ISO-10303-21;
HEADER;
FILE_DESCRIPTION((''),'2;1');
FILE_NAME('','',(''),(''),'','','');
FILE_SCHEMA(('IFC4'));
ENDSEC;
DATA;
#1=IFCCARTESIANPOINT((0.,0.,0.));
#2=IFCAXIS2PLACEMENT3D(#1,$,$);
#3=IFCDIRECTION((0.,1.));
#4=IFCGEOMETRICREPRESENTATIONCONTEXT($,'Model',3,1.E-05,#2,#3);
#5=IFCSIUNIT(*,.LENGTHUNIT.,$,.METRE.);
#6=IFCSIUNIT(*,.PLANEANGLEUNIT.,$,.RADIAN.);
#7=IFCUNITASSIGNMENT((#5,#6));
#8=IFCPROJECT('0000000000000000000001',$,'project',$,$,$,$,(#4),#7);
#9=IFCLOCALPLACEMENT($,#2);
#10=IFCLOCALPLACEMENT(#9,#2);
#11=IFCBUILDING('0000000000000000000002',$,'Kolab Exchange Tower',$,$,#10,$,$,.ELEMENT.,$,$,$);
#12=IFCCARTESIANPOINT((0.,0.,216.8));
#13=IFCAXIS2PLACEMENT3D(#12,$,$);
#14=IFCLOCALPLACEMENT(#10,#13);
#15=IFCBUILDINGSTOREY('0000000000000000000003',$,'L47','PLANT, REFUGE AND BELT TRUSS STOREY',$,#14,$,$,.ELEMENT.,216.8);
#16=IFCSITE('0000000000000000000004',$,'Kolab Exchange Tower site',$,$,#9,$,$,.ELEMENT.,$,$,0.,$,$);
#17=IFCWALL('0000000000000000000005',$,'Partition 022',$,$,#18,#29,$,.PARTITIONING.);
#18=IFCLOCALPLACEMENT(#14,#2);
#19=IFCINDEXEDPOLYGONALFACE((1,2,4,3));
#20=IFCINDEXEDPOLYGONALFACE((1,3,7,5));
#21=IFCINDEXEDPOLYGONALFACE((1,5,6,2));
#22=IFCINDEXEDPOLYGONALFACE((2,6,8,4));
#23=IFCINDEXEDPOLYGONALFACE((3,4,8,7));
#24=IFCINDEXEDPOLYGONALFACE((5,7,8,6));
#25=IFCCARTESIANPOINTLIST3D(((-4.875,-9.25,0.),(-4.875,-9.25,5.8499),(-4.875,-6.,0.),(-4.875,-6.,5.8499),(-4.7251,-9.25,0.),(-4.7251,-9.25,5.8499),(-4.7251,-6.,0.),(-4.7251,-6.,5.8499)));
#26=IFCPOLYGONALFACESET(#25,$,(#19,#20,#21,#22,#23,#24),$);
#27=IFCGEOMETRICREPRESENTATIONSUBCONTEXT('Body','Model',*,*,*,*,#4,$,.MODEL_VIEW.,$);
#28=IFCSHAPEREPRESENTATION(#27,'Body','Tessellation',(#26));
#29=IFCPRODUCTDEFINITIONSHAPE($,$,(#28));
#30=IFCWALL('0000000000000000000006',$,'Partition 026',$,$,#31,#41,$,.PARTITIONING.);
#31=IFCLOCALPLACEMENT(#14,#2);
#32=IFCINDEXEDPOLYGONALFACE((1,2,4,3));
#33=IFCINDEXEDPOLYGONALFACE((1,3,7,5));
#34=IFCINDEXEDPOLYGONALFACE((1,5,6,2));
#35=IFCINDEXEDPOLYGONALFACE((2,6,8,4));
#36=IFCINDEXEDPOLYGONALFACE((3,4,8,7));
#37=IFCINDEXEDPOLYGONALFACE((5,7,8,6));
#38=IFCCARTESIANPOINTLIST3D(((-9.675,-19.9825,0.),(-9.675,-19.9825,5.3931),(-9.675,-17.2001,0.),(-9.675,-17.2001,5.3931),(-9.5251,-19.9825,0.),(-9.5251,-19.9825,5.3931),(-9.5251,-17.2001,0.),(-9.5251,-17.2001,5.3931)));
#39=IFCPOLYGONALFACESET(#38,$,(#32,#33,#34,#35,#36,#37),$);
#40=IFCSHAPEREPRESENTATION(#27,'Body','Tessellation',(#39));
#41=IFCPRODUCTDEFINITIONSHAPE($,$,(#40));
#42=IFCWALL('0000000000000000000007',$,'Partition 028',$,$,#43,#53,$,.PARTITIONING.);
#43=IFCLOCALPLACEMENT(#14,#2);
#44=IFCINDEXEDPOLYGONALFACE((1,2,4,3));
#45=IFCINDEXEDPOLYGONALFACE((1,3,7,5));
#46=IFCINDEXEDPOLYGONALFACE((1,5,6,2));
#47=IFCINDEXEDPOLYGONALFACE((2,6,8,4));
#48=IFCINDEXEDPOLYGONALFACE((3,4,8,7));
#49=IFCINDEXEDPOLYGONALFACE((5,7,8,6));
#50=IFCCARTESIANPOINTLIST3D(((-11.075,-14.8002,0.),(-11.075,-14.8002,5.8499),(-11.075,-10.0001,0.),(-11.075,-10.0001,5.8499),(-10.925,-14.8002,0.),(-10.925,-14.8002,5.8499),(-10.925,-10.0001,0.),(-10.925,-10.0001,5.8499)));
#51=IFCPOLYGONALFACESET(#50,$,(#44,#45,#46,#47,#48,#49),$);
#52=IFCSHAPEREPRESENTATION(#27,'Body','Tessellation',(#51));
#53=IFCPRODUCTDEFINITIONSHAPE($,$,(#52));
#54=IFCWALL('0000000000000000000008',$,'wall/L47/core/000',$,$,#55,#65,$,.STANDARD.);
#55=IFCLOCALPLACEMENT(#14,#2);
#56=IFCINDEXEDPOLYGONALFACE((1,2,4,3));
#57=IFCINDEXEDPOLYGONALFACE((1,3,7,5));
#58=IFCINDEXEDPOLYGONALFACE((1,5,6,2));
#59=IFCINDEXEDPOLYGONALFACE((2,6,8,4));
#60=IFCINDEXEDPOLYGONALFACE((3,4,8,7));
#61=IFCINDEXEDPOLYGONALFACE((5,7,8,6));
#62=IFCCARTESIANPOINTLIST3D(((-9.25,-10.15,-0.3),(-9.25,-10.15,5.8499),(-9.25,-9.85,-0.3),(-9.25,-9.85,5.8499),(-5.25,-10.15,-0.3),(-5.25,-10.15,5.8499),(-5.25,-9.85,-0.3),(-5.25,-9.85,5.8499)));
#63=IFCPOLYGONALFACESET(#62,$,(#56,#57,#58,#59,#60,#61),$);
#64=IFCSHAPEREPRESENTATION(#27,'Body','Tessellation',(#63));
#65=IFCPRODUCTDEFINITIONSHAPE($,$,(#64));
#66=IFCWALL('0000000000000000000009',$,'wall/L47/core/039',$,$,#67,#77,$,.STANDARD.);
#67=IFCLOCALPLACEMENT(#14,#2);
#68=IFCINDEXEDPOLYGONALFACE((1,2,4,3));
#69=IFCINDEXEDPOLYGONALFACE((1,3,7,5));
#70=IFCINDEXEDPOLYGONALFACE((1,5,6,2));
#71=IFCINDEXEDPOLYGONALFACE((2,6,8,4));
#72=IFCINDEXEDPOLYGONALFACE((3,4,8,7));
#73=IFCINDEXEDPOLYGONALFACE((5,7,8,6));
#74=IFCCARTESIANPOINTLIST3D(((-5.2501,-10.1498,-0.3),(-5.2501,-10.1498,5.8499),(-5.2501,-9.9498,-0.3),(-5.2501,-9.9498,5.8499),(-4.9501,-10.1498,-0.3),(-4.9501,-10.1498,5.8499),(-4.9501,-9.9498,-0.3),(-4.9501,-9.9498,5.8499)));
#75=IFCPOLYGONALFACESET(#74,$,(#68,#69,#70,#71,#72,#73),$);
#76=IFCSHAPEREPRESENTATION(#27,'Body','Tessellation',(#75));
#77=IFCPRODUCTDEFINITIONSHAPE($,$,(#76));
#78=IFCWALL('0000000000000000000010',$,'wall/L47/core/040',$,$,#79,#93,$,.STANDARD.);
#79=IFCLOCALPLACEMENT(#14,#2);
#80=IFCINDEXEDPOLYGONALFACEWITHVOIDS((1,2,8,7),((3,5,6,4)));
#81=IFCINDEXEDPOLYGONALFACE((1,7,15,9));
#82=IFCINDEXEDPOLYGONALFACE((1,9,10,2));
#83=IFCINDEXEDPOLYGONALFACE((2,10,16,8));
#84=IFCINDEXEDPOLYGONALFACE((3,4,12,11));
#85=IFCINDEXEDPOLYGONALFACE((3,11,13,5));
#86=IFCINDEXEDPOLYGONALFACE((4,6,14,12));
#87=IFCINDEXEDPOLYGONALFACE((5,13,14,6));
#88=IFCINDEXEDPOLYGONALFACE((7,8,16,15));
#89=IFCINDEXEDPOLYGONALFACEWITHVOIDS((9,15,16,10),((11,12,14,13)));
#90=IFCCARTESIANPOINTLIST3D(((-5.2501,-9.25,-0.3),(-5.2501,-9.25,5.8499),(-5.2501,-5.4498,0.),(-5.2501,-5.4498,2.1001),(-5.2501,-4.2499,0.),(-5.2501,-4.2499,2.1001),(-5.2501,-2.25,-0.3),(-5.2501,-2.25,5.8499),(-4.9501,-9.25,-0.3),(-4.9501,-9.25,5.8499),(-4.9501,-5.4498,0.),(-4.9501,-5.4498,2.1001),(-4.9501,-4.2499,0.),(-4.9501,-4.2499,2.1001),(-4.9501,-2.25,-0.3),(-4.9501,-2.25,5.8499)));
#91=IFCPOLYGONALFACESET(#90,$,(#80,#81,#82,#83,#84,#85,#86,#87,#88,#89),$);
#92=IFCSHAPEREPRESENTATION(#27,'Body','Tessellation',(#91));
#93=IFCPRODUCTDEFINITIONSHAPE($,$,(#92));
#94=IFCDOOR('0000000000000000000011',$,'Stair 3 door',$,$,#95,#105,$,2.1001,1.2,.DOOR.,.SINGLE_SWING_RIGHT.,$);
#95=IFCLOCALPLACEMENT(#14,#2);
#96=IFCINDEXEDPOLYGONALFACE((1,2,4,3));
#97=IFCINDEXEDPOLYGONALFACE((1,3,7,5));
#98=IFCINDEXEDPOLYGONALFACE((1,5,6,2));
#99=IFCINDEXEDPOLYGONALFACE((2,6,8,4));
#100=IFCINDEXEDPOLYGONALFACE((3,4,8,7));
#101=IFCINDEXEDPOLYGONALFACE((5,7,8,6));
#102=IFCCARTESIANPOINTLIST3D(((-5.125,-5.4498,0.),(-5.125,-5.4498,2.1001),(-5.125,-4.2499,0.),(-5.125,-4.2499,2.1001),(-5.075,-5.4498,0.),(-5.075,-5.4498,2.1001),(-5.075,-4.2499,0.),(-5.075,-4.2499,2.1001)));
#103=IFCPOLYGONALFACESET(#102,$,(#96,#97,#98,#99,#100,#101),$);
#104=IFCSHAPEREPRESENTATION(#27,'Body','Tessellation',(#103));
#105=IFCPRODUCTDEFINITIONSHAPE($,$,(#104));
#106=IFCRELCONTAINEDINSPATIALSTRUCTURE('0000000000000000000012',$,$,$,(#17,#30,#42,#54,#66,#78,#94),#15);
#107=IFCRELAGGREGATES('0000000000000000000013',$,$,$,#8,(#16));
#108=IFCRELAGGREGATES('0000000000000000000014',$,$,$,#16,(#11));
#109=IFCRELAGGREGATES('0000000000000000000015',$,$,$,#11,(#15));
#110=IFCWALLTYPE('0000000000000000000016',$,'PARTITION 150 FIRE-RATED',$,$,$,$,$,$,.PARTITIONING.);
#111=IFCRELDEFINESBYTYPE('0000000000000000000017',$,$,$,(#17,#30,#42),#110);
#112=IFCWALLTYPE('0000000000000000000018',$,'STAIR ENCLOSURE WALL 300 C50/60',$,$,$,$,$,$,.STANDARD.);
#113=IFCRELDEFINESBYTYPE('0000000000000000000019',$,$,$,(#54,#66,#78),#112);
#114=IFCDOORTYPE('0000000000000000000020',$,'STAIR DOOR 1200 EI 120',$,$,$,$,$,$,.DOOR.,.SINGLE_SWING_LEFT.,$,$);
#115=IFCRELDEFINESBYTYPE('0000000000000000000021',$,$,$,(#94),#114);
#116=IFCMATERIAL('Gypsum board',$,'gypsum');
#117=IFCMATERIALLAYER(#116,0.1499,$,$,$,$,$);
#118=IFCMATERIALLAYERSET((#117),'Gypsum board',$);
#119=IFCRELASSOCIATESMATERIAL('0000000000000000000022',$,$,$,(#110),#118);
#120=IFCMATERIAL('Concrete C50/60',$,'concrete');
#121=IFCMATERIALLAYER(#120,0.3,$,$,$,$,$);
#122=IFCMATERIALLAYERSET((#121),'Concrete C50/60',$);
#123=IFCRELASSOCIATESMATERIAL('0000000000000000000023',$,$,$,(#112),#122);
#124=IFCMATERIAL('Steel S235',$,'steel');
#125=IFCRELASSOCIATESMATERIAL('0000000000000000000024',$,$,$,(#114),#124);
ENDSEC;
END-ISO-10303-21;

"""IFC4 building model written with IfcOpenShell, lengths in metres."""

from ifc_helpers import new_model, si_unit, direction, frame, frame_2d, origin, place, context, subcontext, project, spatial, rectangle, extrude, material, layer, layer_set, type_object, element, fill, save


model = new_model("IFC4")

# Units and contexts
model_context = context("Model", 3, precision=1e-05, world=origin(), true_north=direction((0.0, 1.0)))
body_context = subcontext(model_context, "Body", "Model", "MODEL_VIEW")
ifc_project = project(units=[si_unit("LENGTHUNIT", "METRE"), si_unit("PLANEANGLEUNIT", "RADIAN")], contexts=[model_context])

# Site, building, storey
site_placement = place(None, origin())
site = spatial("IfcSite", under=ifc_project, at=site_placement, Name="Kolab Exchange Tower site", CompositionType="ELEMENT", RefElevation=0.0)
building_placement = place(site_placement, origin())
building = spatial("IfcBuilding", under=site, at=building_placement, Name="Kolab Exchange Tower", CompositionType="ELEMENT")
storey_placement = place(building_placement, frame((0.0, 0.0, 216.8)))
storey = spatial("IfcBuildingStorey", under=building, at=storey_placement, Name="L47", Description="PLANT, REFUGE AND BELT TRUSS STOREY", CompositionType="ELEMENT", Elevation=216.8)

# Shared definitions
ifc_material_1 = material(Name="Steel S235", Category="steel")

# Walls
ifc_material_2 = material(Name="Concrete C50/60", Category="concrete")
ifc_material_3 = material(Name="Gypsum board", Category="gypsum")
ifc_layer_1 = layer(ifc_material_3, 0.1499)
ifc_layer_set_1 = layer_set([ifc_layer_1], Name="Gypsum board")
wall_type_1 = type_object("IfcWallType", Name="PARTITION 150 FIRE-RATED", PredefinedType="PARTITIONING", material=ifc_layer_set_1)
wall_1_placement = place(storey_placement, frame((-4.8, -9.25, 0.0), z_axis=(0.0, 0.0, 1.0), x_axis=(0.0, 1.0, 0.0)))
element("IfcWall", 1, at=wall_1_placement, inside=storey, type_object=wall_type_1, Name="Partition 022", PredefinedType="PARTITIONING", context=body_context, shape_type="SweptSolid", body=[
    extrude(rectangle(XDim=3.25, YDim=0.1499, at=frame_2d((1.625, 0.0))), origin(), (0.0, 0.0, 1.0), 5.8499),
])
wall_2_placement = place(storey_placement, frame((-9.6001, -19.9824, 0.0), z_axis=(0.0, 0.0, 1.0), x_axis=(0.0, 1.0, 0.0)))
element("IfcWall", 2, at=wall_2_placement, inside=storey, type_object=wall_type_1, Name="Partition 026", PredefinedType="PARTITIONING", context=body_context, shape_type="SweptSolid", body=[
    extrude(rectangle(XDim=2.7825, YDim=0.1499, at=frame_2d((1.3911, 0.0))), origin(), (0.0, 0.0, 1.0), 5.3931),
])
wall_3_placement = place(storey_placement, frame((-11.0, -14.8, 0.0), z_axis=(0.0, 0.0, 1.0), x_axis=(0.0, 1.0, 0.0)))
element("IfcWall", 3, at=wall_3_placement, inside=storey, type_object=wall_type_1, Name="Partition 028", PredefinedType="PARTITIONING", context=body_context, shape_type="SweptSolid", body=[
    extrude(rectangle(XDim=4.8, YDim=0.1499, at=frame_2d((2.3999, 0.0))), origin(), (0.0, 0.0, 1.0), 5.8499),
])
ifc_layer_2 = layer(ifc_material_2, 0.3)
ifc_layer_set_2 = layer_set([ifc_layer_2], Name="Concrete C50/60")
wall_type_2 = type_object("IfcWallType", Name="STAIR ENCLOSURE WALL 300 C50/60", PredefinedType="STANDARD", material=ifc_layer_set_2)
wall_4_placement = place(storey_placement, frame((-9.25, -10.0, -0.3), z_axis=(0.0, 0.0, 1.0), x_axis=(1.0, 0.0, 0.0)))
element("IfcWall", 4, at=wall_4_placement, inside=storey, type_object=wall_type_2, Name="wall/L47/core/000", PredefinedType="STANDARD", context=body_context, shape_type="SweptSolid", body=[
    extrude(rectangle(XDim=4.0, YDim=0.3, at=frame_2d((2.0, 0.0))), origin(), (0.0, 0.0, 1.0), 6.1499),
])
wall_5_placement = place(storey_placement, frame((-5.1001, -10.1499, -0.3), z_axis=(0.0, 0.0, 1.0), x_axis=(0.0, 1.0, 0.0)))
element("IfcWall", 5, at=wall_5_placement, inside=storey, type_object=wall_type_2, Name="wall/L47/core/039", PredefinedType="STANDARD", context=body_context, shape_type="SweptSolid", body=[
    extrude(rectangle(XDim=0.2, YDim=0.3, at=frame_2d((0.1001, 0.0))), origin(), (0.0, 0.0, 1.0), 6.1499),
])

# Wall, opening, door
wall_6_placement = place(storey_placement, frame((-5.1001, -9.25, -0.3), z_axis=(0.0, 0.0, 1.0), x_axis=(0.0, 1.0, 0.0)))
wall_6 = element("IfcWall", 6, at=wall_6_placement, inside=storey, type_object=wall_type_2, Name="wall/L47/core/040", PredefinedType="STANDARD", context=body_context, shape_type="SweptSolid", body=[
    extrude(rectangle(XDim=7.0, YDim=0.3, at=frame_2d((3.5, 0.0))), origin(), (0.0, 0.0, 1.0), 6.1499),
])
opening_1_placement = place(wall_6_placement, frame((3.8, 0.0, 0.3)))
opening_1 = element("IfcOpeningElement", 7, at=opening_1_placement, cuts=wall_6, PredefinedType="OPENING", context=body_context, shape_type="SweptSolid", body=[
    extrude(rectangle(XDim=1.2, YDim=2.1001, at=frame_2d((0.6001, 1.05))), frame((0.0, 0.1602, 0.0), z_axis=(0.0, -1.0, 0.0), x_axis=(1.0, 0.0, 0.0)), (0.0, 0.0, 1.0), 0.3201),
])
door_type_1 = type_object("IfcDoorType", Name="STAIR DOOR 1200 EI 120", OperationType="SINGLE_SWING_LEFT", PredefinedType="DOOR", material=ifc_material_1)
door_1_placement = place(opening_1_placement, origin())
door_1 = element("IfcDoor", 8, at=door_1_placement, inside=storey, type_object=door_type_1, Name="Stair 3 door", OperationType="SINGLE_SWING_RIGHT", OverallHeight=2.1001, OverallWidth=1.2, PredefinedType="DOOR", context=body_context, shape_type="SweptSolid", body=[
    extrude(rectangle(XDim=1.2, YDim=2.1001, at=frame_2d((0.6001, 1.05))), frame((0.0, 0.0249, 0.0), z_axis=(0.0, -1.0, 0.0), x_axis=(1.0, 0.0, 0.0)), (0.0, 0.0, 1.0), 0.05),
])
fill(opening_1, door_1)

save(model, "model.ifc")
